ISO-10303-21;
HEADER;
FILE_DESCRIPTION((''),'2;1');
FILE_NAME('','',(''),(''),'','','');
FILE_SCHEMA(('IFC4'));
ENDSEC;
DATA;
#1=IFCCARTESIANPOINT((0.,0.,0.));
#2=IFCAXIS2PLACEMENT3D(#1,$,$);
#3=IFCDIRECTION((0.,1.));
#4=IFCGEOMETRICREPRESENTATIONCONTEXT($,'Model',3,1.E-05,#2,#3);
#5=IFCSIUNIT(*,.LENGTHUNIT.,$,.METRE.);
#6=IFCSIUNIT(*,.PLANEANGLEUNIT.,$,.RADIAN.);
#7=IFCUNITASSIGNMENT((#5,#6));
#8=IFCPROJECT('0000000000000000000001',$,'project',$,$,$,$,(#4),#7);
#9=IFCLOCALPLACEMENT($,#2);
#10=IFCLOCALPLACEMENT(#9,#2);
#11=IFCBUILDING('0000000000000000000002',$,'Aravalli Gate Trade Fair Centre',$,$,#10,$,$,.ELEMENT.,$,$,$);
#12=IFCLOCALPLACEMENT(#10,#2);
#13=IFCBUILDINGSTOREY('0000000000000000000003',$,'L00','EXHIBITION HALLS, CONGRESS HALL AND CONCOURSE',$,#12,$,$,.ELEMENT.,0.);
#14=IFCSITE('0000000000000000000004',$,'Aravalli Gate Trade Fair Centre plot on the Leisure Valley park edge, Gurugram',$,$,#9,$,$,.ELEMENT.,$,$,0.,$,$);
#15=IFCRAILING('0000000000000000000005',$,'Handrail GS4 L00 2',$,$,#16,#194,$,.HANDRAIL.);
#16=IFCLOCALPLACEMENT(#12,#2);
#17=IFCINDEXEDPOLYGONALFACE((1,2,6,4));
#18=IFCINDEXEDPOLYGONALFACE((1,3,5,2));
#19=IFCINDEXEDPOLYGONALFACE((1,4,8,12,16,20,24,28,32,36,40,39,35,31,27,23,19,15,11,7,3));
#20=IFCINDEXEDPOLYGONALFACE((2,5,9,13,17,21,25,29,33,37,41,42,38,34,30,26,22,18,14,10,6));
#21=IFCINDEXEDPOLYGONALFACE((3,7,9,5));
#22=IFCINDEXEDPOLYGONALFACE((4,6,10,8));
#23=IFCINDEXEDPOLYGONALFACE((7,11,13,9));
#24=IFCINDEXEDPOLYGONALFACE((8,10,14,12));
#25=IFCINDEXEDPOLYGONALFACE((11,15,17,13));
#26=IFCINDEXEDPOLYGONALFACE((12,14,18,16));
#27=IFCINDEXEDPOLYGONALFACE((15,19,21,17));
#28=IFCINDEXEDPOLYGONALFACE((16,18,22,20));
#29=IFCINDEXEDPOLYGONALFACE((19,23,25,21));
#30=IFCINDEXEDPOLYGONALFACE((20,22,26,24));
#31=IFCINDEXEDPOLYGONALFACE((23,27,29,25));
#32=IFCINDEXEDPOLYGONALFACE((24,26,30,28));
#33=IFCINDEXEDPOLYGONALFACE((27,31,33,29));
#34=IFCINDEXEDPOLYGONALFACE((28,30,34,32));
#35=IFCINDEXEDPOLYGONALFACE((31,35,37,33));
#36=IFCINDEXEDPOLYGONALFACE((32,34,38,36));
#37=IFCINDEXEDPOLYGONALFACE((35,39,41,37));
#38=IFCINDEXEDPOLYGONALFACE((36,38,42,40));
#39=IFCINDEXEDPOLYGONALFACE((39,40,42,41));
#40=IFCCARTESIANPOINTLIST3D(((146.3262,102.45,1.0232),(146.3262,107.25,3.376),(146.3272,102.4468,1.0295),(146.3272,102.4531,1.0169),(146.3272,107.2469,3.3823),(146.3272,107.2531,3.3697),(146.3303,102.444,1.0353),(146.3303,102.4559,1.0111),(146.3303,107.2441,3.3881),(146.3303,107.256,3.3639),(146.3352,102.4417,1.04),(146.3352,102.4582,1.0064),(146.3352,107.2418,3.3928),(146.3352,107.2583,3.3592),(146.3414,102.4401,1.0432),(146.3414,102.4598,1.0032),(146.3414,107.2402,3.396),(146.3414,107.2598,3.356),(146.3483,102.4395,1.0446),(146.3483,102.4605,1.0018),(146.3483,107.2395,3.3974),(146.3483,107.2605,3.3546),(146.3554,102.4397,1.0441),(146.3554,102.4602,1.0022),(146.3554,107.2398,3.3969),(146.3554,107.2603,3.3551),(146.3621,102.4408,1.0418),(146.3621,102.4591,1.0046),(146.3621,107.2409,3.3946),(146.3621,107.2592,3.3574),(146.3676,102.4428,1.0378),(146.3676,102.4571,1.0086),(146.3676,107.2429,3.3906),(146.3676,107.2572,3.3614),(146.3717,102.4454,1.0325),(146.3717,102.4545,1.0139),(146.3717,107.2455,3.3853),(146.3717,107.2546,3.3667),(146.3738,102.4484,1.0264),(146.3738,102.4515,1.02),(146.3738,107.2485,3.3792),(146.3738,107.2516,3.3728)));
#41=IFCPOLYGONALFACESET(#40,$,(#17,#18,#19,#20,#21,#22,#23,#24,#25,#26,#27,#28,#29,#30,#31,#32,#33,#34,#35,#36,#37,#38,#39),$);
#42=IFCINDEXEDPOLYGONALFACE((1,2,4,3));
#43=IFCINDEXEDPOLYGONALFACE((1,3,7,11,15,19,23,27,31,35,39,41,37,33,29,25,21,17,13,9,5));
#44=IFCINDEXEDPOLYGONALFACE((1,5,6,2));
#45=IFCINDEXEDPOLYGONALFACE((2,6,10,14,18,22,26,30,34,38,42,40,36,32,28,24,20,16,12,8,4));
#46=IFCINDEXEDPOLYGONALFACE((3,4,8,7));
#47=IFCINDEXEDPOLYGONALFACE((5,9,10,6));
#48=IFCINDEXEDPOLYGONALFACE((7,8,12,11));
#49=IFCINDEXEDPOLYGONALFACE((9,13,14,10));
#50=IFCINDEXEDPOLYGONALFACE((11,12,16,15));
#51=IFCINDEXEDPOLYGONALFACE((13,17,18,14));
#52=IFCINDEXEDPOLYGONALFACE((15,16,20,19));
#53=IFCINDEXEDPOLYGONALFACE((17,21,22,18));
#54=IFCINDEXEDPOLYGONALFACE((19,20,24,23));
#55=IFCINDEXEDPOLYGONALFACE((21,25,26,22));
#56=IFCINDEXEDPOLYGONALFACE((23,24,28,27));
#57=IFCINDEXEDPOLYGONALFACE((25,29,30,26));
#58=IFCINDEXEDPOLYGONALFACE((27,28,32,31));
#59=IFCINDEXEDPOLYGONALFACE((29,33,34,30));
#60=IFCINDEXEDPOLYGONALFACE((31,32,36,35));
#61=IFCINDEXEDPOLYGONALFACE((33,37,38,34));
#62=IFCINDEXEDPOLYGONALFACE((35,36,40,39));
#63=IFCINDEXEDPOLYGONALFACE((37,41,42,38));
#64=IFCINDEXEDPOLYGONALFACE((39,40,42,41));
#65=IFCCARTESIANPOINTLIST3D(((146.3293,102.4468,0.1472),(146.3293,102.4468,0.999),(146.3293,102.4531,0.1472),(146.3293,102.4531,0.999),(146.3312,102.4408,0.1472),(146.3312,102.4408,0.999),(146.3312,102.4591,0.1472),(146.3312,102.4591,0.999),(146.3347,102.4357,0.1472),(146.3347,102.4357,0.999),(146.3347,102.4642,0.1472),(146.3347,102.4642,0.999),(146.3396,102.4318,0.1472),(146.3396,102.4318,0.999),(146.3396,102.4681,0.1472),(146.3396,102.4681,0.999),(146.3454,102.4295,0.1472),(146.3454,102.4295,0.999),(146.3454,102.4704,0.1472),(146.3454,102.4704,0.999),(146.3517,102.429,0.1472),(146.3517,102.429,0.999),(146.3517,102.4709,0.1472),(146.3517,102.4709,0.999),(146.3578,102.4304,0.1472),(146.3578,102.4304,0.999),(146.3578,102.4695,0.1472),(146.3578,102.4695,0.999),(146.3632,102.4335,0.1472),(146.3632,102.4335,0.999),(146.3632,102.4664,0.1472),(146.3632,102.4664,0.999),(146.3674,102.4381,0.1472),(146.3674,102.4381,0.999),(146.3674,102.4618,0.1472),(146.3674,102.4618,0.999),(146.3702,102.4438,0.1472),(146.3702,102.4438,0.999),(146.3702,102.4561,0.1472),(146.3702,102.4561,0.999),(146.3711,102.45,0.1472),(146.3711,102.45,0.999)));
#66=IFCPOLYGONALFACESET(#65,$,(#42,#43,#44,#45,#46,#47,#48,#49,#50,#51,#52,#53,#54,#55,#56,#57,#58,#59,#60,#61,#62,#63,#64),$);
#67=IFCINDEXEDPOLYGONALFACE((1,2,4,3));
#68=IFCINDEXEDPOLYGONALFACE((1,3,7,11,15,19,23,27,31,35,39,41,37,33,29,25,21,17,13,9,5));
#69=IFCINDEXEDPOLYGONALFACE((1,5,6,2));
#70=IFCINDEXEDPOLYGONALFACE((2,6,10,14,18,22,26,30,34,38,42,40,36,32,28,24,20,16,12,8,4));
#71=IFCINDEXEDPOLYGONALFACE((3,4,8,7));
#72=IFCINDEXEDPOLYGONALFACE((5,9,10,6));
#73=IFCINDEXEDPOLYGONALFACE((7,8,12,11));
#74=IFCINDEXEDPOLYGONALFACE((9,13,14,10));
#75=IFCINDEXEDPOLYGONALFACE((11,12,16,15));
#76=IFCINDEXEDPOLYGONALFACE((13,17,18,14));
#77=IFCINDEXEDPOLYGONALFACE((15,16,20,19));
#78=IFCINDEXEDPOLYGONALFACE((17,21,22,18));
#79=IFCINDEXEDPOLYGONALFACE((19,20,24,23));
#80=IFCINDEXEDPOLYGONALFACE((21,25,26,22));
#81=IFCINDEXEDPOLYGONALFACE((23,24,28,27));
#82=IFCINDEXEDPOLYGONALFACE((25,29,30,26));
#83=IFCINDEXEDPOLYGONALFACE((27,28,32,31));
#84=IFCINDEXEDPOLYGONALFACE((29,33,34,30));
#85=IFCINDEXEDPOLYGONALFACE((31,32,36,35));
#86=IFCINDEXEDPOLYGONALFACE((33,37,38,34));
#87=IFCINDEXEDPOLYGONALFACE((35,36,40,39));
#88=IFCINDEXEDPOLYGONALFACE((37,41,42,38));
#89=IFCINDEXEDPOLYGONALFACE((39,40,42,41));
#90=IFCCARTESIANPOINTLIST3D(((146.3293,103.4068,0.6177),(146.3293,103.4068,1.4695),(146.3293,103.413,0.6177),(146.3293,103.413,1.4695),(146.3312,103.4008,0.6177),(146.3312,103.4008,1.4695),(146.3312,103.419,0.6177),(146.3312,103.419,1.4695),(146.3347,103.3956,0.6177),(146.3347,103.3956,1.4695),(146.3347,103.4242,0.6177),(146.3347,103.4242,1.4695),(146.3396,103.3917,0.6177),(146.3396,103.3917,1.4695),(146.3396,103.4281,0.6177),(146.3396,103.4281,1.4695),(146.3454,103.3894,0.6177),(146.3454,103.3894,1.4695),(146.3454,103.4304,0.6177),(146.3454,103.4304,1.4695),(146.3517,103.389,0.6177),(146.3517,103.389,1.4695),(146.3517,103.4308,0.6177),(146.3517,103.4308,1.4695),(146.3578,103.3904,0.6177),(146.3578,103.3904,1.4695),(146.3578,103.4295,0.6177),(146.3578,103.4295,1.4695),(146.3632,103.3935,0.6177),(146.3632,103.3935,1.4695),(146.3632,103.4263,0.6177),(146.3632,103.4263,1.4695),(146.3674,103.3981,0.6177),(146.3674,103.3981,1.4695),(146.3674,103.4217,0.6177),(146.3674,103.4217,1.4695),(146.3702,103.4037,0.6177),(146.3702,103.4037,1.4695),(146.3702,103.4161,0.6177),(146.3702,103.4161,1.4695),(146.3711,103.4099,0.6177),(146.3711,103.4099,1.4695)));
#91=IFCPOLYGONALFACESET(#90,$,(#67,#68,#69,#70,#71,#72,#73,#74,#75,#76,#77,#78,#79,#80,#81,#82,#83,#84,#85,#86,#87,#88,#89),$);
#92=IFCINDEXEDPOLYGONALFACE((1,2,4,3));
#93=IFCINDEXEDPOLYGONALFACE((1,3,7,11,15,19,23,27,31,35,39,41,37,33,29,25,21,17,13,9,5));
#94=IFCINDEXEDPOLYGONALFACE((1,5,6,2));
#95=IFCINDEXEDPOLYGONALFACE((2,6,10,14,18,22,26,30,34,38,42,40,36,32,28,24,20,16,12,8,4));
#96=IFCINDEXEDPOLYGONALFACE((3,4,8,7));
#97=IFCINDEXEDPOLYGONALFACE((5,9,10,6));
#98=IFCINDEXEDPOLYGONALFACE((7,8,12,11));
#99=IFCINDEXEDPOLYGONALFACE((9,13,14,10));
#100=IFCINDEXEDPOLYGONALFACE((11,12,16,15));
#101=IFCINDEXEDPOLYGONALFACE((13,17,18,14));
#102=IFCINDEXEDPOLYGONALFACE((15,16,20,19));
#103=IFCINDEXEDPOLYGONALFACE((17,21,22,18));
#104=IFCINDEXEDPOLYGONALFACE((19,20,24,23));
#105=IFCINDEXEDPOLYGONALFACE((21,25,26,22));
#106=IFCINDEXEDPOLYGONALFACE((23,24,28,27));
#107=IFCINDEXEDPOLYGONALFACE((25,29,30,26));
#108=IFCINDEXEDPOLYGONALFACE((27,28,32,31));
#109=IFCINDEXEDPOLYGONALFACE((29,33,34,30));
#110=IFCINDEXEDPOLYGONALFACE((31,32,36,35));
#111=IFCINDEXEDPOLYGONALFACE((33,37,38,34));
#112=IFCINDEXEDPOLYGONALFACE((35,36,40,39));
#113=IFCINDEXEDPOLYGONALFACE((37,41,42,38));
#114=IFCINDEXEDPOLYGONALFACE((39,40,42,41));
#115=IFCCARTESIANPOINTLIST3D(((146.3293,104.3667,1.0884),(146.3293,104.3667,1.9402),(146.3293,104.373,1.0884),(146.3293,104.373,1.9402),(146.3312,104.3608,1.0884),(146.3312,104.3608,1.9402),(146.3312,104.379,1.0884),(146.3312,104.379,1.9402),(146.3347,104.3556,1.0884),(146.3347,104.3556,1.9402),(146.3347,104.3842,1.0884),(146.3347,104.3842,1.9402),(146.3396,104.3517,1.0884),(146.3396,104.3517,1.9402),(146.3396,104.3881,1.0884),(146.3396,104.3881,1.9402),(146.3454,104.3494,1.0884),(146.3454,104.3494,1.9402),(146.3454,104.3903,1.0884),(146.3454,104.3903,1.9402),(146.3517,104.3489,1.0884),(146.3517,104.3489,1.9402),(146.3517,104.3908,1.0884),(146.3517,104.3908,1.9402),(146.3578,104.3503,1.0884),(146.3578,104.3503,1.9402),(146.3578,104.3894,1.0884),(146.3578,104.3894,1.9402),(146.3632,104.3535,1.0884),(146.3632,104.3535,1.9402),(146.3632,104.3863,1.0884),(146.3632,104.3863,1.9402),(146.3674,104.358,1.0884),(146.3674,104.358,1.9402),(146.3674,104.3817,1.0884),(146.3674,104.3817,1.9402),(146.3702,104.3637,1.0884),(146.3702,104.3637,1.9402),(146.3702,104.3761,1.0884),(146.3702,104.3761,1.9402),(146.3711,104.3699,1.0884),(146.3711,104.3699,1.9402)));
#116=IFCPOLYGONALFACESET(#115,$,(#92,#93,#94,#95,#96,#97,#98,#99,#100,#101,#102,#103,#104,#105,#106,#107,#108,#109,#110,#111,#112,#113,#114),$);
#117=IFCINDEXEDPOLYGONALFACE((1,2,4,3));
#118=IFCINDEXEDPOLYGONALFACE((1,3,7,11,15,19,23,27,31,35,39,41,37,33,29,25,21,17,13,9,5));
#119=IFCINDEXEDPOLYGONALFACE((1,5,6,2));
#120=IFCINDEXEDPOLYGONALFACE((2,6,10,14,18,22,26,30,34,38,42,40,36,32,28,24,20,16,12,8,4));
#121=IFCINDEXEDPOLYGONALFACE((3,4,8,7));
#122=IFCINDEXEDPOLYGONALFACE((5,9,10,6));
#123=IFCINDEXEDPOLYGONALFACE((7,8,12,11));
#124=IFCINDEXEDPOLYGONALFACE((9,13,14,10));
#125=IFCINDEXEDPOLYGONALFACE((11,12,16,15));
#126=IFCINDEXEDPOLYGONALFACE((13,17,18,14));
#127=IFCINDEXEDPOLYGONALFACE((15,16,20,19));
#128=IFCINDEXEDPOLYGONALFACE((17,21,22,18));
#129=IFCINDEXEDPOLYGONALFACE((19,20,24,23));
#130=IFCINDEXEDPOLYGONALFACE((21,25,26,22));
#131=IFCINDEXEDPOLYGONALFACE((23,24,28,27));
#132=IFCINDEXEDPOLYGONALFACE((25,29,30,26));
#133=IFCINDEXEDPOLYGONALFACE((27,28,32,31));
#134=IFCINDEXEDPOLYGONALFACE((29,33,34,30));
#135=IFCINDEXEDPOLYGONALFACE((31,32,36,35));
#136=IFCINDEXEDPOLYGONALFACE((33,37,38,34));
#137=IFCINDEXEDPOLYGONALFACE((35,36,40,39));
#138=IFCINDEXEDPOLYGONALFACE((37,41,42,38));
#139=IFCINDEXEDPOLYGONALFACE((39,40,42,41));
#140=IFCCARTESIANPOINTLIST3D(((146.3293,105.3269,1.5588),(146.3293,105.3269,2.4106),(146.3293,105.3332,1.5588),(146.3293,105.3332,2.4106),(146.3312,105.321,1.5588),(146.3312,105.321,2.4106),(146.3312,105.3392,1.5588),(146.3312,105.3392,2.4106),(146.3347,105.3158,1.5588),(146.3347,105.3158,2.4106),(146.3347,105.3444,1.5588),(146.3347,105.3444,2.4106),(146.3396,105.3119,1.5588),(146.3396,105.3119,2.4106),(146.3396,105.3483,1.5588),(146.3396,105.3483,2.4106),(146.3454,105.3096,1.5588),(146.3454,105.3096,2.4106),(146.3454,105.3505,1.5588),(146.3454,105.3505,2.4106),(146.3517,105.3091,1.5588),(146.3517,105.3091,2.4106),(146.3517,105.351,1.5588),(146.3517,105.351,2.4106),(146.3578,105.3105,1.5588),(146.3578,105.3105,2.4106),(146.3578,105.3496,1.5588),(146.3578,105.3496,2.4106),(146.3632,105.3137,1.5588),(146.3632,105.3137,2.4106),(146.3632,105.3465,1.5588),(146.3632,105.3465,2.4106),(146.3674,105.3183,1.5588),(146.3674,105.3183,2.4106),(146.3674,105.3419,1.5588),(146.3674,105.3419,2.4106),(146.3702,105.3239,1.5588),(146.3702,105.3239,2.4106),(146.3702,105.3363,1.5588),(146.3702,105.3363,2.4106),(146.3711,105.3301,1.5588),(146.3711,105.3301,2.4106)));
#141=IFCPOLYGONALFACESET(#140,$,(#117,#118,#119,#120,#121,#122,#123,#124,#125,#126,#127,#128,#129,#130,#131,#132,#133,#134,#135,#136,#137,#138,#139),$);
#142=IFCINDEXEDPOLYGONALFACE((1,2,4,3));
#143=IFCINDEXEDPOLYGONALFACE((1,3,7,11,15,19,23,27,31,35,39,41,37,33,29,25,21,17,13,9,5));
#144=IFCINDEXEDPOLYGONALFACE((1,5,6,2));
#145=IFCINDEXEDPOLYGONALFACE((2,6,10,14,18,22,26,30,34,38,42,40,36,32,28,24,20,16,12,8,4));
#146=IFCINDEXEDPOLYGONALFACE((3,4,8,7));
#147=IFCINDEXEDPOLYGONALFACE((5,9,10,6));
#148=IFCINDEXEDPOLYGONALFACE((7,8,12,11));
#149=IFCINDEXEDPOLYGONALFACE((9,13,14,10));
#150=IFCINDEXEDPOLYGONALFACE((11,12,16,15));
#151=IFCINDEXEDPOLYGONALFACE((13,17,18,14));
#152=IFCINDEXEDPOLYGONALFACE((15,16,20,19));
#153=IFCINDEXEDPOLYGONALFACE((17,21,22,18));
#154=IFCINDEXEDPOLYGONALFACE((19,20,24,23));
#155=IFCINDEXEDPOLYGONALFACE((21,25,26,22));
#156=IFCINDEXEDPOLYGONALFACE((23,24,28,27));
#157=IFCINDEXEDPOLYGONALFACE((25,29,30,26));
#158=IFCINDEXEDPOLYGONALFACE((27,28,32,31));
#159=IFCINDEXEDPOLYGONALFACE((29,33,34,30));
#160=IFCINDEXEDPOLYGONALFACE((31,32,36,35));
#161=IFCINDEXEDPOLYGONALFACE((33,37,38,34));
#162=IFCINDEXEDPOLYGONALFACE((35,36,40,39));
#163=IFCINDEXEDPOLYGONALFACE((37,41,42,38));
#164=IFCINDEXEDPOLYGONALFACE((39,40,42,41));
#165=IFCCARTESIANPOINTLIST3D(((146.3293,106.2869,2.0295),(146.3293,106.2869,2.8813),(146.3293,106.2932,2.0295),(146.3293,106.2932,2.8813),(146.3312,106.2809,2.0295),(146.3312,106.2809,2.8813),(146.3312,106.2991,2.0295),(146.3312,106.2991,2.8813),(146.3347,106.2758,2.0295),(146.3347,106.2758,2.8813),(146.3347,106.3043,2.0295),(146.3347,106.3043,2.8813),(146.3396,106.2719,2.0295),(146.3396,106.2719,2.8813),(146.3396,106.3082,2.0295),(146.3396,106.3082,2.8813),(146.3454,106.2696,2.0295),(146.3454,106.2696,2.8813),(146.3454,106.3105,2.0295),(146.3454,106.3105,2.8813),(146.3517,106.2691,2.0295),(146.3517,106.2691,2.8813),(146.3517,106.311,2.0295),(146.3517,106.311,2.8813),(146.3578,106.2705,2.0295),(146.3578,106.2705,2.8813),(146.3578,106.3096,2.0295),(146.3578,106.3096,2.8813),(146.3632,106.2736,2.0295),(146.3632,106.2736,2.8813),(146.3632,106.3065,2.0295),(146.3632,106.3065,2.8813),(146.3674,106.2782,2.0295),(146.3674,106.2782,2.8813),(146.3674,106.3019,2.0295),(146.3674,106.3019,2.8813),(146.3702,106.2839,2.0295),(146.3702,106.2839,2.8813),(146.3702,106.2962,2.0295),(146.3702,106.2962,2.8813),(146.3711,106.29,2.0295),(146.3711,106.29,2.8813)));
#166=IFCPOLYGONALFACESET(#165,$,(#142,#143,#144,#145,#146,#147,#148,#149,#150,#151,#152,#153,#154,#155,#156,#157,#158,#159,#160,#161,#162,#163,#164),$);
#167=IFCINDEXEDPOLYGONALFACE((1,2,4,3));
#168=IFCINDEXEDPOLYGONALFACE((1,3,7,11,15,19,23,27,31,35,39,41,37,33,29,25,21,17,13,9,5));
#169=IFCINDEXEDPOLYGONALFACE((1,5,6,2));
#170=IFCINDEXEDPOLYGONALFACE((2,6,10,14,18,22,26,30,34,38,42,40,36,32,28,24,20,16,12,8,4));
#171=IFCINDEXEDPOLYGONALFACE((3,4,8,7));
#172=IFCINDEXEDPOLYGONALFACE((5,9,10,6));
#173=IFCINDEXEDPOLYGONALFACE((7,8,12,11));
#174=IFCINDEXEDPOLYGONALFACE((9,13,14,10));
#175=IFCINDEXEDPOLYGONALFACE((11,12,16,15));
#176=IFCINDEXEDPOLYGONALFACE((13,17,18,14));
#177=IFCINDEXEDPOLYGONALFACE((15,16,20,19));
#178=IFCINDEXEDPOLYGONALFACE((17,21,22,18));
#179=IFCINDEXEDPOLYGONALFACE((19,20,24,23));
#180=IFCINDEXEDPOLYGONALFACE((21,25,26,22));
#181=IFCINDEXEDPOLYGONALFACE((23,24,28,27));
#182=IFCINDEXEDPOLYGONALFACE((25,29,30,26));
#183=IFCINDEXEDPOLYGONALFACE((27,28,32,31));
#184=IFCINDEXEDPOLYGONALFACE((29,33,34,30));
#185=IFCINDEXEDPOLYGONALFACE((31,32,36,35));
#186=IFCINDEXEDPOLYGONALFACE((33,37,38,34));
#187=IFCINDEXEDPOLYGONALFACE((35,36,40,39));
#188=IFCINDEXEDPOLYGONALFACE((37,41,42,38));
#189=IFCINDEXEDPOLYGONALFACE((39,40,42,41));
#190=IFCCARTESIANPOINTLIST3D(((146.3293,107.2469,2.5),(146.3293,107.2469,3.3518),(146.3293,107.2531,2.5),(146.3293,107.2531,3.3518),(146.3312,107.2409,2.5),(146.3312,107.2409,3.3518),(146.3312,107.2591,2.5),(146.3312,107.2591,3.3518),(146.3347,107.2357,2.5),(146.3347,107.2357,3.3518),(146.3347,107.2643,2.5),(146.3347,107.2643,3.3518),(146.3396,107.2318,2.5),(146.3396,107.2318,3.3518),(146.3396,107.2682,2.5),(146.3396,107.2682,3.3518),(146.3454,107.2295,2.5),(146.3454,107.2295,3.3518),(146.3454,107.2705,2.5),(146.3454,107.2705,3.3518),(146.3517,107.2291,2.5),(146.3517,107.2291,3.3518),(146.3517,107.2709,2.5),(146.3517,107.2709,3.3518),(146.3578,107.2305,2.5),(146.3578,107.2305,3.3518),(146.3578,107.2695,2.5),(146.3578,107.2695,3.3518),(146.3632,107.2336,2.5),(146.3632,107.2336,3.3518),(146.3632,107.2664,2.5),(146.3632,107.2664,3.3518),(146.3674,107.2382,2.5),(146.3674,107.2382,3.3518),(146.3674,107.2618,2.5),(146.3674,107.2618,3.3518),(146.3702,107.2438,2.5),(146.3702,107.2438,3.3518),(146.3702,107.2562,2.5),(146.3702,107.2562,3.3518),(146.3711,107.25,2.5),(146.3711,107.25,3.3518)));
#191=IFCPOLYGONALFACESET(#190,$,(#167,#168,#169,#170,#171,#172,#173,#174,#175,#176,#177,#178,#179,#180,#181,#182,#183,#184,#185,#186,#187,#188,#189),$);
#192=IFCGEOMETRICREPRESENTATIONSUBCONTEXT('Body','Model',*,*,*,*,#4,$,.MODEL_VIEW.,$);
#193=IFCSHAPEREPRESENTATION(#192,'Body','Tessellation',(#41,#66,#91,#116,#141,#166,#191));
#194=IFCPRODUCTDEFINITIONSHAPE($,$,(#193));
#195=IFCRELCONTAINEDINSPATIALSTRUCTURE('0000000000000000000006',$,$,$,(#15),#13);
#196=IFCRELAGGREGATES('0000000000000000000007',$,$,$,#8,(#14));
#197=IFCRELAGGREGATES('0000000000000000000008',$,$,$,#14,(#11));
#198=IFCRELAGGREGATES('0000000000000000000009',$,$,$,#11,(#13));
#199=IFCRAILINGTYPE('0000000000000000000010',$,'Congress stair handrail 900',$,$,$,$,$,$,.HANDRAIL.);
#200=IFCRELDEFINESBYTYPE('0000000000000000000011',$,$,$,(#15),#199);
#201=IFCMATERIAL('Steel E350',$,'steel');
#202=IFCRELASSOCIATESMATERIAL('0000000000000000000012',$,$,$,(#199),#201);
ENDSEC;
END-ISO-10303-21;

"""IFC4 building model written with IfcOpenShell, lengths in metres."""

from ifc_helpers import new_model, si_unit, direction, frame, origin, origin_2d, place, context, subcontext, project, spatial, circle, extrude, material, type_object, element, save


model = new_model("IFC4")

# Units and contexts
model_context = context("Model", 3, precision=1e-05, world=origin(), true_north=direction((0.0, 1.0)))
body_context = subcontext(model_context, "Body", "Model", "MODEL_VIEW")
ifc_project = project(units=[si_unit("LENGTHUNIT", "METRE"), si_unit("PLANEANGLEUNIT", "RADIAN")], contexts=[model_context])

# Site, building, storey
site_placement = place(None, origin())
site = spatial("IfcSite", under=ifc_project, at=site_placement, Name="Aravalli Gate Trade Fair Centre plot on the Leisure Valley park edge, Gurugram", CompositionType="ELEMENT", RefElevation=0.0)
building_placement = place(site_placement, origin())
building = spatial("IfcBuilding", under=site, at=building_placement, Name="Aravalli Gate Trade Fair Centre", CompositionType="ELEMENT")
storey_placement = place(building_placement, origin())
storey = spatial("IfcBuildingStorey", under=building, at=storey_placement, Name="L00", Description="EXHIBITION HALLS, CONGRESS HALL AND CONCOURSE", CompositionType="ELEMENT", Elevation=0.0)

# Railing
ifc_material_1 = material(Name="Steel E350", Category="steel")
railing_type = type_object("IfcRailingType", Name="Congress stair handrail 900", PredefinedType="HANDRAIL", material=ifc_material_1)
for number, where, name in (
    (1, (146.3501, 102.45, 0.1472), "Handrail GS4 L00 2"),
):
    element("IfcRailing", number, at=place(storey_placement, frame(where)), inside=storey, type_object=railing_type, Name=name, PredefinedType="HANDRAIL", context=body_context, shape_type="SweptSolid", body=[
        extrude(circle(Radius=0.0239, at=origin_2d()), frame((0.0, 0.0, 0.876), z_axis=(0.0, 0.897934, 0.44013), x_axis=(-1.0, 0.0, 0.0)), (0.0, 0.0, 1.0), 5.3457),
        extrude(circle(Radius=0.021, at=origin_2d()), origin(), (0.0, 0.0, 1.0), 0.8518),
        extrude(circle(Radius=0.021, at=origin_2d()), frame((0.0, 0.96, 0.4705)), (0.0, 0.0, 1.0), 0.8518),
        extrude(circle(Radius=0.021, at=origin_2d()), frame((0.0, 1.9199, 0.9412)), (0.0, 0.0, 1.0), 0.8518),
        extrude(circle(Radius=0.021, at=origin_2d()), frame((0.0, 2.8801, 1.4116)), (0.0, 0.0, 1.0), 0.8518),
        extrude(circle(Radius=0.021, at=origin_2d()), frame((0.0, 3.8401, 1.8823)), (0.0, 0.0, 1.0), 0.8518),
        extrude(circle(Radius=0.021, at=origin_2d()), frame((0.0, 4.8, 2.3528)), (0.0, 0.0, 1.0), 0.8518),
    ])

save(model, "model.ifc")
